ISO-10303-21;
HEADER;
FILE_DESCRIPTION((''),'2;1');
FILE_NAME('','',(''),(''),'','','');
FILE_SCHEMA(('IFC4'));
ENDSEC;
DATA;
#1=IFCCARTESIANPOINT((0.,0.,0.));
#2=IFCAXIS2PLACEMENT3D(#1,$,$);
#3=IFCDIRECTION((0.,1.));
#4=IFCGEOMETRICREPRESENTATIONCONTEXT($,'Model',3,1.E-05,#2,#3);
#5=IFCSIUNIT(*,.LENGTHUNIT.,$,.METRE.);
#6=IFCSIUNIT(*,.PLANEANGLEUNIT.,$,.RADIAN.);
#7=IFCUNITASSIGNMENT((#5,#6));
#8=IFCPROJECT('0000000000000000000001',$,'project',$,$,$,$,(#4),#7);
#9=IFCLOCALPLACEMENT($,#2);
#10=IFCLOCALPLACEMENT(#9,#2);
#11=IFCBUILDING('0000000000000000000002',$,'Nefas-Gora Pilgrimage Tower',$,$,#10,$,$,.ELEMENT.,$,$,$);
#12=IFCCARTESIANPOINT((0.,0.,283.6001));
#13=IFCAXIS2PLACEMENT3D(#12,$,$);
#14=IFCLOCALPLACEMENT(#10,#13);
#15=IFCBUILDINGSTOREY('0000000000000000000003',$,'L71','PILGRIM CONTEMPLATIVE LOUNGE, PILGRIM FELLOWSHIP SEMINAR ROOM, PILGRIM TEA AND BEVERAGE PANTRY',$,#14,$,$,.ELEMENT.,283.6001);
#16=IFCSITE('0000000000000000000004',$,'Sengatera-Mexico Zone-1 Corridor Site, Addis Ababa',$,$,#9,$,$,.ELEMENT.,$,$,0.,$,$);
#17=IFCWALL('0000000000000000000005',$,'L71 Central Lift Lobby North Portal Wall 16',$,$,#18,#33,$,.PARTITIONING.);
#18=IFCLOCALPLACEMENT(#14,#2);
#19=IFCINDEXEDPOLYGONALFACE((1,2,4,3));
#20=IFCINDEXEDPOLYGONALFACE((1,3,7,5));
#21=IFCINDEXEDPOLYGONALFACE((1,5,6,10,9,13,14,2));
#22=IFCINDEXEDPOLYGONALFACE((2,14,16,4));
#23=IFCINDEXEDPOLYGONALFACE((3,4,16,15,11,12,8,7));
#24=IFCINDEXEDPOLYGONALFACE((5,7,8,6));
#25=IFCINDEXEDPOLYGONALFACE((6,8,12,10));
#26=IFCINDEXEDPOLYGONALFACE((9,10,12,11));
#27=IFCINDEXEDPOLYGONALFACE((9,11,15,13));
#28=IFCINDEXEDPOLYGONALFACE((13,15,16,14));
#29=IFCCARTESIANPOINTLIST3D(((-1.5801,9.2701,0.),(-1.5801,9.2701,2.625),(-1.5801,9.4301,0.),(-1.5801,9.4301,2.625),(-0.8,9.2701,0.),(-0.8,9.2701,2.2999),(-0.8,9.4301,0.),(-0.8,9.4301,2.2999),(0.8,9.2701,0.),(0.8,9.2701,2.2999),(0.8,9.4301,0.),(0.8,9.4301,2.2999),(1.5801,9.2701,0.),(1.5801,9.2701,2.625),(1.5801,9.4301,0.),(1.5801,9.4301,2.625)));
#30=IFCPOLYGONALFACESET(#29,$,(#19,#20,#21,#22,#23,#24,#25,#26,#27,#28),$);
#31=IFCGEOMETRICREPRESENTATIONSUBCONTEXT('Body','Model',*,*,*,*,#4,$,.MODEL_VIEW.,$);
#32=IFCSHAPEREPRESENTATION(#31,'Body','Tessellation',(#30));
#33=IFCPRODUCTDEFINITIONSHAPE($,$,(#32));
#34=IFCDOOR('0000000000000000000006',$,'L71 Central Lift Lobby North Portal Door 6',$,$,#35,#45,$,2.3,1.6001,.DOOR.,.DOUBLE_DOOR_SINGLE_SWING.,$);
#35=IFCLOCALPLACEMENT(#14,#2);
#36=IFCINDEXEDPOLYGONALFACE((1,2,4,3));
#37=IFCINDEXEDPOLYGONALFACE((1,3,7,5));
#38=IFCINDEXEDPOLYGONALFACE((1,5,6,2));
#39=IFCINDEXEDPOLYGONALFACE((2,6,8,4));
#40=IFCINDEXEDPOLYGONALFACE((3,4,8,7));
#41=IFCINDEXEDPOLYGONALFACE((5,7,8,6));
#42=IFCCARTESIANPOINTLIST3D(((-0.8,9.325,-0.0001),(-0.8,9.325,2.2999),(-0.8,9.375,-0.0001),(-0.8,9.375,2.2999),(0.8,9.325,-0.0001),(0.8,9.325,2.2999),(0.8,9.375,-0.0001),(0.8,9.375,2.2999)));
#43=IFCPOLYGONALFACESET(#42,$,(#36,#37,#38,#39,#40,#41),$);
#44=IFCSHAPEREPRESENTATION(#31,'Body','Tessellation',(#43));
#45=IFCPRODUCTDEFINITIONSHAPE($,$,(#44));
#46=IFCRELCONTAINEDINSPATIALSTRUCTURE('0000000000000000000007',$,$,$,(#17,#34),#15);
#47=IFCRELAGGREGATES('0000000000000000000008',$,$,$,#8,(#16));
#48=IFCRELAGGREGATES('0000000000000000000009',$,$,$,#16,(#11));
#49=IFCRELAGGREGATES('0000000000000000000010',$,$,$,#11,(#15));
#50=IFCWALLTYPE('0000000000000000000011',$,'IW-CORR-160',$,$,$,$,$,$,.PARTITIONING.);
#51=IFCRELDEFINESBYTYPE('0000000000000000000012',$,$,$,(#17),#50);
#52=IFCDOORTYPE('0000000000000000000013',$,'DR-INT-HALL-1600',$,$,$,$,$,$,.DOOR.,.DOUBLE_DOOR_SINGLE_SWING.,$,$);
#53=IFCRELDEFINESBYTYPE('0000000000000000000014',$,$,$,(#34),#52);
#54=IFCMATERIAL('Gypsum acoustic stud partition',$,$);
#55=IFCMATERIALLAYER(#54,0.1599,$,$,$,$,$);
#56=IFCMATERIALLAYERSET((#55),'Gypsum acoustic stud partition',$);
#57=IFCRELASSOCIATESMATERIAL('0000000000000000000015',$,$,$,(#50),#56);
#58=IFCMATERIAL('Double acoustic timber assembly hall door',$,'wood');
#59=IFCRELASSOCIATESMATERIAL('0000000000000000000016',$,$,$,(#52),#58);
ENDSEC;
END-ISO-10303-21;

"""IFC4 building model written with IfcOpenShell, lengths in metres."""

from ifc_helpers import new_model, si_unit, direction, frame, frame_2d, origin, place, context, subcontext, project, spatial, rectangle, extrude, source, transform, mapped, material, layer, layer_set, type_object, element, fill, save


model = new_model("IFC4")

# Units and contexts
model_context = context("Model", 3, precision=1e-05, world=origin(), true_north=direction((0.0, 1.0)))
body_context = subcontext(model_context, "Body", "Model", "MODEL_VIEW")
ifc_project = project(units=[si_unit("LENGTHUNIT", "METRE"), si_unit("PLANEANGLEUNIT", "RADIAN")], contexts=[model_context])

# Site, building, storey
site_placement = place(None, origin())
site = spatial("IfcSite", under=ifc_project, at=site_placement, Name="Sengatera-Mexico Zone-1 Corridor Site, Addis Ababa", CompositionType="ELEMENT", RefElevation=0.0)
building_placement = place(site_placement, origin())
building = spatial("IfcBuilding", under=site, at=building_placement, Name="Nefas-Gora Pilgrimage Tower", CompositionType="ELEMENT")
storey_placement = place(building_placement, frame((0.0, 0.0, 283.6001)))
storey = spatial("IfcBuildingStorey", under=building, at=storey_placement, Name="L71", Description="PILGRIM CONTEMPLATIVE LOUNGE, PILGRIM FELLOWSHIP SEMINAR ROOM, PILGRIM TEA AND BEVERAGE PANTRY", CompositionType="ELEMENT", Elevation=283.6001)

# Shared definitions
ifc_material_1 = material(Name="Gypsum acoustic stud partition")
ifc_layer_1 = layer(ifc_material_1, 0.1599)
ifc_layer_set_1 = layer_set([ifc_layer_1], Name="Gypsum acoustic stud partition")
wall_type_1 = type_object("IfcWallType", Name="IW-CORR-160", PredefinedType="PARTITIONING", material=ifc_layer_set_1)

# Wall, opening, door
shared_shape_1 = source(origin(), body_context, "Body", "SweptSolid", [
    extrude(rectangle(XDim=3.1602, YDim=0.1599, at=frame_2d((1.5801, 0.0))), origin(), (0.0, 0.0, 1.0), 2.625),
])
wall_1_placement = place(storey_placement, frame((-1.5801, 9.3501, 0.0), z_axis=(0.0, 0.0, 1.0), x_axis=(1.0, 0.0, 0.0)))
wall_1 = element("IfcWall", 1, at=wall_1_placement, inside=storey, type_object=wall_type_1, Name="L71 Central Lift Lobby North Portal Wall 16", PredefinedType="PARTITIONING", context=body_context, shape_type="MappedRepresentation", body=[
    mapped(shared_shape_1, transform((0.0, 0.0, 0.0), x_axis=(1.0, 0.0, 0.0), y_axis=(0.0, 1.0, 0.0), z_axis=(0.0, 0.0, 1.0), scale=1.0)),
])
opening_1_placement = place(wall_1_placement, frame((0.78, 0.0, 0.0)))
opening_1 = element("IfcOpeningElement", 2, at=opening_1_placement, cuts=wall_1, PredefinedType="OPENING", context=body_context, shape_type="SweptSolid", body=[
    extrude(rectangle(XDim=1.6001, YDim=2.3, at=frame_2d((0.8, 1.1499))), frame((0.0, 0.0898, 0.0), z_axis=(0.0, -1.0, 0.0), x_axis=(1.0, 0.0, 0.0)), (0.0, 0.0, 1.0), 0.1799),
])
ifc_material_2 = material(Name="Double acoustic timber assembly hall door", Category="wood")
door_type_1 = type_object("IfcDoorType", Name="DR-INT-HALL-1600", OperationType="DOUBLE_DOOR_SINGLE_SWING", PredefinedType="DOOR", material=ifc_material_2)
shared_shape_2 = source(origin(), body_context, "Body", "SweptSolid", [
    extrude(rectangle(XDim=1.6001, YDim=2.3, at=frame_2d((0.8, 1.1499))), frame((0.0, 0.0249, 0.0), z_axis=(0.0, -1.0, 0.0), x_axis=(1.0, 0.0, 0.0)), (0.0, 0.0, 1.0), 0.05),
])
door_1_placement = place(opening_1_placement, origin())
door_1 = element("IfcDoor", 3, at=door_1_placement, inside=storey, type_object=door_type_1, Name="L71 Central Lift Lobby North Portal Door 6", OperationType="DOUBLE_DOOR_SINGLE_SWING", OverallHeight=2.3, OverallWidth=1.6001, PredefinedType="DOOR", context=body_context, shape_type="MappedRepresentation", body=[
    mapped(shared_shape_2, transform((0.0, 0.0, 0.0), x_axis=(1.0, 0.0, 0.0), y_axis=(0.0, 1.0, 0.0), z_axis=(0.0, 0.0, 1.0), scale=1.0)),
])
fill(opening_1, door_1)

save(model, "model.ifc")
